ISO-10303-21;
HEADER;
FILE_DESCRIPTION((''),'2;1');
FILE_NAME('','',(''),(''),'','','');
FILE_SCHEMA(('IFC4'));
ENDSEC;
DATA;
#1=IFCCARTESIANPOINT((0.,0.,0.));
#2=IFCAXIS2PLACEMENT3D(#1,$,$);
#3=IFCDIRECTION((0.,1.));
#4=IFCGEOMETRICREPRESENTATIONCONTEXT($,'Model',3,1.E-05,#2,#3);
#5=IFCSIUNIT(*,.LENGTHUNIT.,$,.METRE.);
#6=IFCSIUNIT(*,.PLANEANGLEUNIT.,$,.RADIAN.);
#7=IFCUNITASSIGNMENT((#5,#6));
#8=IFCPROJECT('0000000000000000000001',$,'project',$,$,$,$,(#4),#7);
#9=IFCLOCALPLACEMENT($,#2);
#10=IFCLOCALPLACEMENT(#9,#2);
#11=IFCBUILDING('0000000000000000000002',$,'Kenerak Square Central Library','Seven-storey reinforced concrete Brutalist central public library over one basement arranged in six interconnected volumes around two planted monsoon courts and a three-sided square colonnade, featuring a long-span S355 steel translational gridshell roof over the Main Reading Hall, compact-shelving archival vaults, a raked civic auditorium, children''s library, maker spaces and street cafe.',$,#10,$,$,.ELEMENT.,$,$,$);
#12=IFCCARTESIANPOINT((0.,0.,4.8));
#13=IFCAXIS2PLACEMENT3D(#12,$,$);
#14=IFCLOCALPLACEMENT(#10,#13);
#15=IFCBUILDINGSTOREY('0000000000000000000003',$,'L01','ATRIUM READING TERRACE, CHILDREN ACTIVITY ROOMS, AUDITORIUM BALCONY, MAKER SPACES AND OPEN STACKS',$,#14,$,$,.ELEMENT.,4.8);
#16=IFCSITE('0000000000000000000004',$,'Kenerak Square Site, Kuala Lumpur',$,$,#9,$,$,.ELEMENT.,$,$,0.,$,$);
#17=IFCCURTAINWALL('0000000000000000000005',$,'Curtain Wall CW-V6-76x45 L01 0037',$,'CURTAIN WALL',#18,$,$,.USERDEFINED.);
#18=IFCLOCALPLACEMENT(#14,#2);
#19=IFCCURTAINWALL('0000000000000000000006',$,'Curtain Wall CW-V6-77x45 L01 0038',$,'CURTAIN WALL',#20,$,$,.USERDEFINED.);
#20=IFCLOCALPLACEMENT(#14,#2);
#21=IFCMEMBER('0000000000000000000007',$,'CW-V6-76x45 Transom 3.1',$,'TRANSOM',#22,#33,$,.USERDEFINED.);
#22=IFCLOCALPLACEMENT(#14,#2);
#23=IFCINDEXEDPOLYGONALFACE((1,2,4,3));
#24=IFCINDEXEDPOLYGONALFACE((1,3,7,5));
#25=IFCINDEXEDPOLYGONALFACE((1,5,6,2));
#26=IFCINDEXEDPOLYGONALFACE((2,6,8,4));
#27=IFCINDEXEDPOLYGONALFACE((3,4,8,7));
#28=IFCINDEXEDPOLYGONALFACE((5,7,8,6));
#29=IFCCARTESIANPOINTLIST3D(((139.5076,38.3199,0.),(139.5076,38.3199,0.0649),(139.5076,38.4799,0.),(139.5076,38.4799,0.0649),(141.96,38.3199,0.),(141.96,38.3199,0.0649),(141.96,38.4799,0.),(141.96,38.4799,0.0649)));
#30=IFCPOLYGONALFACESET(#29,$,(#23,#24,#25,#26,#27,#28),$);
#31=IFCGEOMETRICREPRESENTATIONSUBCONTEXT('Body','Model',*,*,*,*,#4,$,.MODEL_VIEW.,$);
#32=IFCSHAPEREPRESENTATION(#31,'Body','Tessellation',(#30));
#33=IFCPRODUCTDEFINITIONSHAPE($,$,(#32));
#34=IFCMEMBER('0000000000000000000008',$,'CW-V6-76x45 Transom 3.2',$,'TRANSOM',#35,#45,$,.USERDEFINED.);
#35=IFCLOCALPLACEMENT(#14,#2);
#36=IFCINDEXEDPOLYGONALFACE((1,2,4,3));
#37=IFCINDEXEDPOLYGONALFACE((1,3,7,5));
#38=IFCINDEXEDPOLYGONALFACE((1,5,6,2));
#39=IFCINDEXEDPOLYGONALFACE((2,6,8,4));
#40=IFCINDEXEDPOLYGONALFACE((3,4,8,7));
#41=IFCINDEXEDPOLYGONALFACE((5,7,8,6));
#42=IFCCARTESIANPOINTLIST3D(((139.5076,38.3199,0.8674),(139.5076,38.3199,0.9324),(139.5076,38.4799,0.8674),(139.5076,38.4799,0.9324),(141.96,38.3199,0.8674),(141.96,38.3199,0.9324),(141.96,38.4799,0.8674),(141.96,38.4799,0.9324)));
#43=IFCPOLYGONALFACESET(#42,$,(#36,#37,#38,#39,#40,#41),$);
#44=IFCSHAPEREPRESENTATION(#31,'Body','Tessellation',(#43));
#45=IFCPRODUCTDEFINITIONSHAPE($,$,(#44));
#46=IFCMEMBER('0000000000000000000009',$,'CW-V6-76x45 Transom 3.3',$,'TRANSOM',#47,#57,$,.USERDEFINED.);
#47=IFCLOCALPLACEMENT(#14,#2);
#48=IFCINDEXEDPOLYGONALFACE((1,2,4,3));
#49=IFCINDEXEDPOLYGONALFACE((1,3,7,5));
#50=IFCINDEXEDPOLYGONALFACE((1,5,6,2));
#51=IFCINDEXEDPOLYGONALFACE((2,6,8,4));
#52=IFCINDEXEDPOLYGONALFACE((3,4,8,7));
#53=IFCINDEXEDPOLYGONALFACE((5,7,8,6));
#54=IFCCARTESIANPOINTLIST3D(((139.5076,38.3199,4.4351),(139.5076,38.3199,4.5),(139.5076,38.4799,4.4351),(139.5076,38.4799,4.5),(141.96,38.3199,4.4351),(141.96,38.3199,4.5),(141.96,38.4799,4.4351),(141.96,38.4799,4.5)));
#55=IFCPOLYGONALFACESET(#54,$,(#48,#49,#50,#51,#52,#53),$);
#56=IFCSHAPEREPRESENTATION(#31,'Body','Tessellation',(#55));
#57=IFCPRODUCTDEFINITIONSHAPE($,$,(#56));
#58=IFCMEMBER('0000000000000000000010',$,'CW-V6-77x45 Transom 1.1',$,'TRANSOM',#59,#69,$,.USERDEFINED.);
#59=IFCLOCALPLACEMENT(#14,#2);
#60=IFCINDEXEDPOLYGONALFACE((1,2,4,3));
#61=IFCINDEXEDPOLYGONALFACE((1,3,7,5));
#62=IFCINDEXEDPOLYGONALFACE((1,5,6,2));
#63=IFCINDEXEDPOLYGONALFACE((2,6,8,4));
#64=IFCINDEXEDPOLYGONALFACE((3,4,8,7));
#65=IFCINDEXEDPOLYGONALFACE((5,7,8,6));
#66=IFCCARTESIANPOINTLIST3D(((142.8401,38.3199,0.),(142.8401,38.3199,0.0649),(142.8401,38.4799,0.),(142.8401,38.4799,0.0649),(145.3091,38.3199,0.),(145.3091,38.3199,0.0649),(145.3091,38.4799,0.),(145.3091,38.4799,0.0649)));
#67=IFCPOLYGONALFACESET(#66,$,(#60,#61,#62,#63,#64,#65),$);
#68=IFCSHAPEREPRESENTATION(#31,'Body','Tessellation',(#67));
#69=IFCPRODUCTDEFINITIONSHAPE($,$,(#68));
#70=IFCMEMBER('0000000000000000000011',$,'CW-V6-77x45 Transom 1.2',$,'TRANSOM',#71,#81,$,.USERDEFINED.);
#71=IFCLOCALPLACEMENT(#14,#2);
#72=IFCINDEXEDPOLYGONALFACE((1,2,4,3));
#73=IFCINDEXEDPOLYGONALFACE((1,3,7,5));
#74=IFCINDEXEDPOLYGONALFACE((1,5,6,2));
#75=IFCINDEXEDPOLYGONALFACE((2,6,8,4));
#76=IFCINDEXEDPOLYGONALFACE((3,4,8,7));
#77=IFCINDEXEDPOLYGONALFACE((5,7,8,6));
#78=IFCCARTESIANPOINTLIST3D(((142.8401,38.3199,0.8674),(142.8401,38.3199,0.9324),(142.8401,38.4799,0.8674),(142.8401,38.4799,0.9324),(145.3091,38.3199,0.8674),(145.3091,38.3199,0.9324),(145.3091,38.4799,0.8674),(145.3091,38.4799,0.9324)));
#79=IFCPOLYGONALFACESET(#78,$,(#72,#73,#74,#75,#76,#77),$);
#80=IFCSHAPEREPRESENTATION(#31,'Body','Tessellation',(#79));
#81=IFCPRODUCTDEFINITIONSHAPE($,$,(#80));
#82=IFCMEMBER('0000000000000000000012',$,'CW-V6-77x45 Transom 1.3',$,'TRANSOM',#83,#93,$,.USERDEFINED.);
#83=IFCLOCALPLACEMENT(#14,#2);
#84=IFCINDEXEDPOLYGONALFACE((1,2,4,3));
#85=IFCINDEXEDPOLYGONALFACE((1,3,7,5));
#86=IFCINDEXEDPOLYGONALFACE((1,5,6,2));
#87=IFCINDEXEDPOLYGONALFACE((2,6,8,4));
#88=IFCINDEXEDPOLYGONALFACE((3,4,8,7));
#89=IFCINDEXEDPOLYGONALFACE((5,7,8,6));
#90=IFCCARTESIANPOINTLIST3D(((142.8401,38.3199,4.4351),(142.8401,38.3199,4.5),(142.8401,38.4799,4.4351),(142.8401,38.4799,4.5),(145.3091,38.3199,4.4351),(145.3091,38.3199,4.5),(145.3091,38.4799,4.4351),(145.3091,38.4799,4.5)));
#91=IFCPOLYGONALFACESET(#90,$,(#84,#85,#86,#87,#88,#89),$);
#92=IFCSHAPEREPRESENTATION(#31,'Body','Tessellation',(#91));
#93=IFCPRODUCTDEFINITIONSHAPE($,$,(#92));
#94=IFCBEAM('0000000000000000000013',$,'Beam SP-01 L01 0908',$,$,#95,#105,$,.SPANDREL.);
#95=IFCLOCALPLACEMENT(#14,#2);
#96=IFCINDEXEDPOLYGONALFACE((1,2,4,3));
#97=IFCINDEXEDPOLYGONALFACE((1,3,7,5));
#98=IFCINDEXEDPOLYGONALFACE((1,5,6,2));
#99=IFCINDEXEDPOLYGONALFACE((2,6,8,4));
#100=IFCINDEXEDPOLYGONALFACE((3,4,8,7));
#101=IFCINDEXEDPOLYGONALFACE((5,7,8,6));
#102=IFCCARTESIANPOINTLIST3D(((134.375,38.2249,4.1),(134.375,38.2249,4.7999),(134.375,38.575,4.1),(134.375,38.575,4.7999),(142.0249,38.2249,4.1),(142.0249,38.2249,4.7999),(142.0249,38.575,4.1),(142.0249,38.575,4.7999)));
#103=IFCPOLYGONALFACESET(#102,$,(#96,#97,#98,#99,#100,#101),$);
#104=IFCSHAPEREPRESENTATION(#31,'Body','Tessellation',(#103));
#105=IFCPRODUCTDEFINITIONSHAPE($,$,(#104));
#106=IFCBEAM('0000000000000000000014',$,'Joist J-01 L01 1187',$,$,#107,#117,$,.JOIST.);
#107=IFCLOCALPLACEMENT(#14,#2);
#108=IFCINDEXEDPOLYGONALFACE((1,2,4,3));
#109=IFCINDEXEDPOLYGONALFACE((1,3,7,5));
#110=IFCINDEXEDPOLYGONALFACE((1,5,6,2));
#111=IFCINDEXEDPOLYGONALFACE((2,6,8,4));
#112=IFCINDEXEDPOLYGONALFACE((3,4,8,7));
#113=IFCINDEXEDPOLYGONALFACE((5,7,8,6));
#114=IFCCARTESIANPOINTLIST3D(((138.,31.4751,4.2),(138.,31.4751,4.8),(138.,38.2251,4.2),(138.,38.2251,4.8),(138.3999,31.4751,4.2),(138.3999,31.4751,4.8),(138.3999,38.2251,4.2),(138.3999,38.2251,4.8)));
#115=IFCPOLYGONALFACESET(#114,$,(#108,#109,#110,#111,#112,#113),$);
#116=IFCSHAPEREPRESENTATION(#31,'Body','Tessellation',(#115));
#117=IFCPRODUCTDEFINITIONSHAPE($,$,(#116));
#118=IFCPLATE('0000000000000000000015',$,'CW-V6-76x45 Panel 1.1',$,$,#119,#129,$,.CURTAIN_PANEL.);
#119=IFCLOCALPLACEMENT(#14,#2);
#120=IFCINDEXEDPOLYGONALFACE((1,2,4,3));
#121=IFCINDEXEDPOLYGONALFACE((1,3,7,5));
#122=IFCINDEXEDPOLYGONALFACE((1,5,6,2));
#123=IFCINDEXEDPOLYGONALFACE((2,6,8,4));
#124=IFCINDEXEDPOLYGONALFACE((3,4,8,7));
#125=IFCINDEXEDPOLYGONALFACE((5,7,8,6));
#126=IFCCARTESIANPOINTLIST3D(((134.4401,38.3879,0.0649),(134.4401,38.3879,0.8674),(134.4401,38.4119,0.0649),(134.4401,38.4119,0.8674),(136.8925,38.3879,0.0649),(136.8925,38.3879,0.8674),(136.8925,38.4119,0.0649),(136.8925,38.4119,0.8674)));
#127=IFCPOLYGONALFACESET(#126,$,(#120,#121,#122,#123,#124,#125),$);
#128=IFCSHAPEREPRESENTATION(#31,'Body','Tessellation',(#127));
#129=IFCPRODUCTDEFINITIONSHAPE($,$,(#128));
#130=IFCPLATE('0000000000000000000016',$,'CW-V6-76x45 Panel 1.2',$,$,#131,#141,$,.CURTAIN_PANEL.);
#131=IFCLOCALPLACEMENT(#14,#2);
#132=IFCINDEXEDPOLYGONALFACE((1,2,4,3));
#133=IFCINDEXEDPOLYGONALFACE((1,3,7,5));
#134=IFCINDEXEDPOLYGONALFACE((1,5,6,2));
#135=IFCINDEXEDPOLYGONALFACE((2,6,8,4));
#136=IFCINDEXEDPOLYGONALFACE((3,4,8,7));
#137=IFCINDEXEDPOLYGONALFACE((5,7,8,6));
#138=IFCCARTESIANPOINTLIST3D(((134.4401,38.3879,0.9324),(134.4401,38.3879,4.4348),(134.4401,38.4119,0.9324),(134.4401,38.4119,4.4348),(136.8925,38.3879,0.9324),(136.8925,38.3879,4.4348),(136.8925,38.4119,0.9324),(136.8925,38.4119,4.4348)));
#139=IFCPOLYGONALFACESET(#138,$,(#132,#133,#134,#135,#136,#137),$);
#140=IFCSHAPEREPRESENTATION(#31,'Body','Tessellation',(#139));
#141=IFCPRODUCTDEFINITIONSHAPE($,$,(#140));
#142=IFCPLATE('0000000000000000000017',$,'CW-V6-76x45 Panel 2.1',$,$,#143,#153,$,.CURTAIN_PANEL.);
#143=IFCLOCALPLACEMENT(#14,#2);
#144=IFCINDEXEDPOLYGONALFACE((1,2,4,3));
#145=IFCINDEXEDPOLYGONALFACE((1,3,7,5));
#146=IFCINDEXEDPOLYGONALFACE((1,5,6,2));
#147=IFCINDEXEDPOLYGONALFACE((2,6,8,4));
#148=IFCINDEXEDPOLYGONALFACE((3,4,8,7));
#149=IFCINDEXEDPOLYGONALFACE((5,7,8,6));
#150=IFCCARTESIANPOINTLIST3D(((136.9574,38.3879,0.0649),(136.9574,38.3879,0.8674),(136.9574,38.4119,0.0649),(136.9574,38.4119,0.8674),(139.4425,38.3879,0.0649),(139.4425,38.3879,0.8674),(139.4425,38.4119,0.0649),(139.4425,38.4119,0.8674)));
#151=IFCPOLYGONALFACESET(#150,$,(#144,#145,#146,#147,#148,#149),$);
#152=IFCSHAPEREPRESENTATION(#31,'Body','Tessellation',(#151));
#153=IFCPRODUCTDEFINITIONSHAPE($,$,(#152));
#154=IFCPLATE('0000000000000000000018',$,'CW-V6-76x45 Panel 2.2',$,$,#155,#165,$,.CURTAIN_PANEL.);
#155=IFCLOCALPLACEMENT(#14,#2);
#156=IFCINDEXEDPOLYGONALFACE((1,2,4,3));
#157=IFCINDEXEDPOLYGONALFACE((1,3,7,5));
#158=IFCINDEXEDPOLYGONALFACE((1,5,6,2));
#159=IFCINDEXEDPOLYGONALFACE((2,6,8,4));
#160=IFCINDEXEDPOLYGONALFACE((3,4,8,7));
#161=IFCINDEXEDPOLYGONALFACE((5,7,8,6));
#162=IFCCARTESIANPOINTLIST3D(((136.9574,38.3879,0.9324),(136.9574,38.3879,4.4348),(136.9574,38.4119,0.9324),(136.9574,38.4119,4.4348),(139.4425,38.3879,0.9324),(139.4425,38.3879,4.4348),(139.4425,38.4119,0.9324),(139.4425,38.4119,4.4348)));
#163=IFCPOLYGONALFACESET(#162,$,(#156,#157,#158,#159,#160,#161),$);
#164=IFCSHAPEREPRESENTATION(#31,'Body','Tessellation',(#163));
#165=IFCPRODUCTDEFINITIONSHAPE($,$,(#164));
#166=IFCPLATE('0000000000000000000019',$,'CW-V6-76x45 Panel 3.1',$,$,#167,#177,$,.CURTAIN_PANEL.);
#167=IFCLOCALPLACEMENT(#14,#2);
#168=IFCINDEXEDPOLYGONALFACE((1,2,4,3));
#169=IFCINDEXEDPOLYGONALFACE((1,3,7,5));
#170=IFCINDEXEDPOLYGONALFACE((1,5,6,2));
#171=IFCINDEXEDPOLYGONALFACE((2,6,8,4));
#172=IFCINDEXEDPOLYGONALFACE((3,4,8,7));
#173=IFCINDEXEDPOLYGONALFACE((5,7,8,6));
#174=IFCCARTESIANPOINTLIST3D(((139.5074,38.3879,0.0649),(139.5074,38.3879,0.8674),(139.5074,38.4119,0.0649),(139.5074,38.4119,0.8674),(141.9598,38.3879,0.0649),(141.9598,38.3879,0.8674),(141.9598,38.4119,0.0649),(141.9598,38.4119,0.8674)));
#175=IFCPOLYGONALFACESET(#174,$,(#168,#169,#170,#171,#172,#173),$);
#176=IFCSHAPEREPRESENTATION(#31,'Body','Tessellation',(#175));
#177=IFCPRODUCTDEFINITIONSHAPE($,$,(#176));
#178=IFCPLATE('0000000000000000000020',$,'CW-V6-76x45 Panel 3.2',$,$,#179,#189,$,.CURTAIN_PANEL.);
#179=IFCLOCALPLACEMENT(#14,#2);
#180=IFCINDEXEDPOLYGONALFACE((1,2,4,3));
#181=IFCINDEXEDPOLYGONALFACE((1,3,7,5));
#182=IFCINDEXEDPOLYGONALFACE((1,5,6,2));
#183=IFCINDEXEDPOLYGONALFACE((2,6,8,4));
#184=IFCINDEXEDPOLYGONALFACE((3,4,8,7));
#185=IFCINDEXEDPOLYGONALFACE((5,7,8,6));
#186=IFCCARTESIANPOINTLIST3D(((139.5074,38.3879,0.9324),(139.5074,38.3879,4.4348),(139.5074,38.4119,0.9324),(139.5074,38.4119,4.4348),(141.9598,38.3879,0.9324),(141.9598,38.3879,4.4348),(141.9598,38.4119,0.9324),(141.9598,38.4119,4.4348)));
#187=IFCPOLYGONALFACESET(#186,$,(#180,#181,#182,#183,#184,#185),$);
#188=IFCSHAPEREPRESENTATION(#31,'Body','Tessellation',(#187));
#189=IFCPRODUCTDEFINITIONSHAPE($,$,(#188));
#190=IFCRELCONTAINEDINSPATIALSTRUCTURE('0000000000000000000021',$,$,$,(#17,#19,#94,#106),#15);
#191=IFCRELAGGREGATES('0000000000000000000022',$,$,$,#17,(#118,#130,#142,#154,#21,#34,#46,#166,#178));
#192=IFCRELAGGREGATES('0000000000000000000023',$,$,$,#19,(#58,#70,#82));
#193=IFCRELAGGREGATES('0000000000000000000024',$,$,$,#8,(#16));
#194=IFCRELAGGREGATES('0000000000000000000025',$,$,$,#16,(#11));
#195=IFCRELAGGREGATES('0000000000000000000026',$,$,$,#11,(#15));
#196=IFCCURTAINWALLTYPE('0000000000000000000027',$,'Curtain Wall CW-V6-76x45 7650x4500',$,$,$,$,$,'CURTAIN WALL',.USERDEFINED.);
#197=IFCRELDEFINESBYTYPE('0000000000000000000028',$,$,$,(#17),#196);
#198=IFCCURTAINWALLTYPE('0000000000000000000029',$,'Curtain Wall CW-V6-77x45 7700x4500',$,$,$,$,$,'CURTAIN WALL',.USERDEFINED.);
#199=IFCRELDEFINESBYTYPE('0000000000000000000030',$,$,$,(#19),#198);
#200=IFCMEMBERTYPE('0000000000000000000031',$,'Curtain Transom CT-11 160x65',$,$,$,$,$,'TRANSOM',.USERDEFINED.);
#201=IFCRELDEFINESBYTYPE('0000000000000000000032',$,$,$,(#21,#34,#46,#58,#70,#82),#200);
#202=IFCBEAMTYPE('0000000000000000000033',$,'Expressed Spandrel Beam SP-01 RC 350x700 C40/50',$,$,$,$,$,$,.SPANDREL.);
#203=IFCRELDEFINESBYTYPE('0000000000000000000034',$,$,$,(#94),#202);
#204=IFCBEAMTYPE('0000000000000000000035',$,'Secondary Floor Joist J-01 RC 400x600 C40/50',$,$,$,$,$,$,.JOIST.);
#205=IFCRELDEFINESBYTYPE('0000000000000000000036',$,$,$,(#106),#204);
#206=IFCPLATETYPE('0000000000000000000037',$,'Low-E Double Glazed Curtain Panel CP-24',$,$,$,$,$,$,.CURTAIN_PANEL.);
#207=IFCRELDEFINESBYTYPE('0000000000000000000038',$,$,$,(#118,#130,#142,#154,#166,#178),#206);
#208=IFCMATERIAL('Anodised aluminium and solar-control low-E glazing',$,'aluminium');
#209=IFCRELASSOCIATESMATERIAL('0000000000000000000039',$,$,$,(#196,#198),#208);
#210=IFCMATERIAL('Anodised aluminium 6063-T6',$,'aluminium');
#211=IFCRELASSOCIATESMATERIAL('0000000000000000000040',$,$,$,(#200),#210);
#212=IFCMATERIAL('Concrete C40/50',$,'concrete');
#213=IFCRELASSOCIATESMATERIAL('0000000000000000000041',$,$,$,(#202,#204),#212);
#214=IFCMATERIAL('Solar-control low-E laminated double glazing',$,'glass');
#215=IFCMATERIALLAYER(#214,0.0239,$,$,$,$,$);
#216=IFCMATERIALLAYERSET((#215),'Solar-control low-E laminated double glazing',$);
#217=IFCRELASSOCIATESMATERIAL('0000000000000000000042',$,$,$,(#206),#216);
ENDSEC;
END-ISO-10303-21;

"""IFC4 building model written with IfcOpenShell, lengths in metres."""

from ifc_helpers import new_model, si_unit, direction, frame, origin, origin_2d, place, context, subcontext, project, spatial, rectangle, extrude, material, layer, layer_set, material_profile, profile_set, type_object, element, aggregate, save


model = new_model("IFC4")

# Units and contexts
model_context = context("Model", 3, precision=1e-05, world=origin(), true_north=direction((0.0, 1.0)))
body_context = subcontext(model_context, "Body", "Model", "MODEL_VIEW")
ifc_project = project(units=[si_unit("LENGTHUNIT", "METRE"), si_unit("PLANEANGLEUNIT", "RADIAN")], contexts=[model_context])

# Site, building, storey
site_placement = place(None, origin())
site = spatial("IfcSite", under=ifc_project, at=site_placement, Name="Kenerak Square Site, Kuala Lumpur", CompositionType="ELEMENT", RefElevation=0.0)
building_placement = place(site_placement, origin())
building = spatial("IfcBuilding", under=site, at=building_placement, Name="Kenerak Square Central Library", Description="Seven-storey reinforced concrete Brutalist central public library over one basement arranged in six interconnected volumes around two planted monsoon courts and a three-sided square colonnade, featuring a long-span S355 steel translational gridshell roof over the Main Reading Hall, compact-shelving archival vaults, a raked civic auditorium, children's library, maker spaces and street cafe.", CompositionType="ELEMENT")
storey_placement = place(building_placement, frame((0.0, 0.0, 4.8)))
storey = spatial("IfcBuildingStorey", under=building, at=storey_placement, Name="L01", Description="ATRIUM READING TERRACE, CHILDREN ACTIVITY ROOMS, AUDITORIUM BALCONY, MAKER SPACES AND OPEN STACKS", CompositionType="ELEMENT", Elevation=4.8)

# Shared definitions
ifc_material_1 = material(Name="Concrete C40/50", Category="concrete")

# Curtain wall
ifc_material_2 = material(Name="Anodised aluminium and solar-control low-E glazing", Category="aluminium")
curtain_wall_type_1 = type_object("IfcCurtainWallType", Name="Curtain Wall CW-V6-76x45 7650x4500", ElementType="CURTAIN WALL", PredefinedType="USERDEFINED", material=ifc_material_2)
curtain_wall_1_placement = place(storey_placement, origin())
curtain_wall_1 = element("IfcCurtainWall", 1, at=curtain_wall_1_placement, inside=storey, type_object=curtain_wall_type_1, Name="Curtain Wall CW-V6-76x45 L01 0037", ObjectType="CURTAIN WALL", PredefinedType="USERDEFINED")
ifc_material_3 = material(Name="Anodised aluminium 6063-T6", Category="aluminium")

# Curtain wall
curtain_wall_type_2 = type_object("IfcCurtainWallType", Name="Curtain Wall CW-V6-77x45 7700x4500", ElementType="CURTAIN WALL", PredefinedType="USERDEFINED", material=ifc_material_2)
curtain_wall_2_placement = place(storey_placement, origin())
curtain_wall_2 = element("IfcCurtainWall", 2, at=curtain_wall_2_placement, inside=storey, type_object=curtain_wall_type_2, Name="Curtain Wall CW-V6-77x45 L01 0038", ObjectType="CURTAIN WALL", PredefinedType="USERDEFINED")

# Members
ifc_material_profile_1 = material_profile(ifc_material_3, rectangle(XDim=0.1599, YDim=0.0649, at=origin_2d()), Name="AL TRANSOM 160x65")
ifc_profile_set_1 = profile_set([ifc_material_profile_1], Name="Anodised aluminium 6063-T6")
member_type_1 = type_object("IfcMemberType", Name="Curtain Transom CT-11 160x65", ElementType="TRANSOM", PredefinedType="USERDEFINED", material=ifc_profile_set_1)
member_1_placement = place(storey_placement, frame((139.5076, 38.3999, 0.0325), z_axis=(1.0, 0.0, 0.0), x_axis=(0.0, 1.0, 0.0)))
member_1 = element("IfcMember", 3, at=member_1_placement, type_object=member_type_1, Name="CW-V6-76x45 Transom 3.1", ObjectType="TRANSOM", PredefinedType="USERDEFINED", context=body_context, shape_type="SweptSolid", body=[
    extrude(rectangle(XDim=0.1599, YDim=0.0649, at=origin_2d()), origin(), (0.0, 0.0, 1.0), 2.4524),
])
member_2_placement = place(storey_placement, frame((139.5076, 38.3999, 0.8999), z_axis=(1.0, 0.0, 0.0), x_axis=(0.0, 1.0, 0.0)))
member_2 = element("IfcMember", 4, at=member_2_placement, type_object=member_type_1, Name="CW-V6-76x45 Transom 3.2", ObjectType="TRANSOM", PredefinedType="USERDEFINED", context=body_context, shape_type="SweptSolid", body=[
    extrude(rectangle(XDim=0.1599, YDim=0.0649, at=origin_2d()), origin(), (0.0, 0.0, 1.0), 2.4524),
])
member_3_placement = place(storey_placement, frame((139.5076, 38.3999, 4.4675), z_axis=(1.0, 0.0, 0.0), x_axis=(0.0, 1.0, 0.0)))
member_3 = element("IfcMember", 5, at=member_3_placement, type_object=member_type_1, Name="CW-V6-76x45 Transom 3.3", ObjectType="TRANSOM", PredefinedType="USERDEFINED", context=body_context, shape_type="SweptSolid", body=[
    extrude(rectangle(XDim=0.1599, YDim=0.0649, at=origin_2d()), origin(), (0.0, 0.0, 1.0), 2.4524),
])
member_4_placement = place(storey_placement, frame((142.8401, 38.3999, 0.0325), z_axis=(1.0, 0.0, 0.0), x_axis=(0.0, 1.0, 0.0)))
member_4 = element("IfcMember", 6, at=member_4_placement, type_object=member_type_1, Name="CW-V6-77x45 Transom 1.1", ObjectType="TRANSOM", PredefinedType="USERDEFINED", context=body_context, shape_type="SweptSolid", body=[
    extrude(rectangle(XDim=0.1599, YDim=0.0649, at=origin_2d()), origin(), (0.0, 0.0, 1.0), 2.469),
])
member_5_placement = place(storey_placement, frame((142.8401, 38.3999, 0.8999), z_axis=(1.0, 0.0, 0.0), x_axis=(0.0, 1.0, 0.0)))
member_5 = element("IfcMember", 7, at=member_5_placement, type_object=member_type_1, Name="CW-V6-77x45 Transom 1.2", ObjectType="TRANSOM", PredefinedType="USERDEFINED", context=body_context, shape_type="SweptSolid", body=[
    extrude(rectangle(XDim=0.1599, YDim=0.0649, at=origin_2d()), origin(), (0.0, 0.0, 1.0), 2.469),
])
member_6_placement = place(storey_placement, frame((142.8401, 38.3999, 4.4675), z_axis=(1.0, 0.0, 0.0), x_axis=(0.0, 1.0, 0.0)))
member_6 = element("IfcMember", 8, at=member_6_placement, type_object=member_type_1, Name="CW-V6-77x45 Transom 1.3", ObjectType="TRANSOM", PredefinedType="USERDEFINED", context=body_context, shape_type="SweptSolid", body=[
    extrude(rectangle(XDim=0.1599, YDim=0.0649, at=origin_2d()), origin(), (0.0, 0.0, 1.0), 2.469),
])

# Beams
ifc_material_profile_2 = material_profile(ifc_material_1, rectangle(XDim=0.3501, YDim=0.7, at=origin_2d()), Name="RC 350x700")
ifc_profile_set_2 = profile_set([ifc_material_profile_2], Name="Concrete C40/50")
beam_type_1 = type_object("IfcBeamType", Name="Expressed Spandrel Beam SP-01 RC 350x700 C40/50", PredefinedType="SPANDREL", material=ifc_profile_set_2)
beam_1_placement = place(storey_placement, frame((134.375, 38.3999, 4.45), z_axis=(1.0, 0.0, 0.0), x_axis=(0.0, 1.0, 0.0)))
element("IfcBeam", 9, at=beam_1_placement, inside=storey, type_object=beam_type_1, Name="Beam SP-01 L01 0908", PredefinedType="SPANDREL", context=body_context, shape_type="SweptSolid", body=[
    extrude(rectangle(XDim=0.3501, YDim=0.7, at=origin_2d()), origin(), (0.0, 0.0, 1.0), 7.6499),
])
ifc_material_profile_3 = material_profile(ifc_material_1, rectangle(XDim=0.3999, YDim=0.6001, at=origin_2d()), Name="RC 400x600")
ifc_profile_set_3 = profile_set([ifc_material_profile_3], Name="Concrete C40/50")
beam_type_2 = type_object("IfcBeamType", Name="Secondary Floor Joist J-01 RC 400x600 C40/50", PredefinedType="JOIST", material=ifc_profile_set_3)
beam_2_placement = place(storey_placement, frame((138.2, 31.4751, 4.5), z_axis=(0.0, 1.0, 0.0), x_axis=(-1.0, 0.0, 0.0)))
element("IfcBeam", 10, at=beam_2_placement, inside=storey, type_object=beam_type_2, Name="Joist J-01 L01 1187", PredefinedType="JOIST", context=body_context, shape_type="SweptSolid", body=[
    extrude(rectangle(XDim=0.3999, YDim=0.6001, at=origin_2d()), origin(), (0.0, 0.0, 1.0), 6.75),
])

# Plates
ifc_material_4 = material(Name="Solar-control low-E laminated double glazing", Category="glass")
ifc_layer_1 = layer(ifc_material_4, 0.0239)
ifc_layer_set_1 = layer_set([ifc_layer_1], Name="Solar-control low-E laminated double glazing")
plate_type = type_object("IfcPlateType", Name="Low-E Double Glazed Curtain Panel CP-24", PredefinedType="CURTAIN_PANEL", material=ifc_layer_set_1)
plate_1_placement = place(storey_placement, frame((135.6663, 38.3999, 0.0649), z_axis=(0.0, 0.0, 1.0), x_axis=(1.0, 0.0, 0.0)))
plate_1 = element("IfcPlate", 11, at=plate_1_placement, type_object=plate_type, Name="CW-V6-76x45 Panel 1.1", PredefinedType="CURTAIN_PANEL", context=body_context, shape_type="SweptSolid", body=[
    extrude(rectangle(XDim=2.4524, YDim=0.0239, at=origin_2d()), origin(), (0.0, 0.0, 1.0), 0.8025),
])
plate_2_placement = place(storey_placement, frame((135.6663, 38.3999, 0.9324), z_axis=(0.0, 0.0, 1.0), x_axis=(1.0, 0.0, 0.0)))
plate_2 = element("IfcPlate", 12, at=plate_2_placement, type_object=plate_type, Name="CW-V6-76x45 Panel 1.2", PredefinedType="CURTAIN_PANEL", context=body_context, shape_type="SweptSolid", body=[
    extrude(rectangle(XDim=2.4524, YDim=0.0239, at=origin_2d()), origin(), (0.0, 0.0, 1.0), 3.5024),
])
plate_3_placement = place(storey_placement, frame((138.2, 38.3999, 0.0649), z_axis=(0.0, 0.0, 1.0), x_axis=(1.0, 0.0, 0.0)))
plate_3 = element("IfcPlate", 13, at=plate_3_placement, type_object=plate_type, Name="CW-V6-76x45 Panel 2.1", PredefinedType="CURTAIN_PANEL", context=body_context, shape_type="SweptSolid", body=[
    extrude(rectangle(XDim=2.4851, YDim=0.0239, at=origin_2d()), origin(), (0.0, 0.0, 1.0), 0.8025),
])
plate_4_placement = place(storey_placement, frame((138.2, 38.3999, 0.9324), z_axis=(0.0, 0.0, 1.0), x_axis=(1.0, 0.0, 0.0)))
plate_4 = element("IfcPlate", 14, at=plate_4_placement, type_object=plate_type, Name="CW-V6-76x45 Panel 2.2", PredefinedType="CURTAIN_PANEL", context=body_context, shape_type="SweptSolid", body=[
    extrude(rectangle(XDim=2.4851, YDim=0.0239, at=origin_2d()), origin(), (0.0, 0.0, 1.0), 3.5024),
])
plate_5_placement = place(storey_placement, frame((140.7336, 38.3999, 0.0649), z_axis=(0.0, 0.0, 1.0), x_axis=(1.0, 0.0, 0.0)))
plate_5 = element("IfcPlate", 15, at=plate_5_placement, type_object=plate_type, Name="CW-V6-76x45 Panel 3.1", PredefinedType="CURTAIN_PANEL", context=body_context, shape_type="SweptSolid", body=[
    extrude(rectangle(XDim=2.4524, YDim=0.0239, at=origin_2d()), origin(), (0.0, 0.0, 1.0), 0.8025),
])
plate_6_placement = place(storey_placement, frame((140.7336, 38.3999, 0.9324), z_axis=(0.0, 0.0, 1.0), x_axis=(1.0, 0.0, 0.0)))
plate_6 = element("IfcPlate", 16, at=plate_6_placement, type_object=plate_type, Name="CW-V6-76x45 Panel 3.2", PredefinedType="CURTAIN_PANEL", context=body_context, shape_type="SweptSolid", body=[
    extrude(rectangle(XDim=2.4524, YDim=0.0239, at=origin_2d()), origin(), (0.0, 0.0, 1.0), 3.5024),
])
aggregate(curtain_wall_1, [plate_1, plate_2, plate_3, plate_4, member_1, member_2, member_3, plate_5, plate_6])
aggregate(curtain_wall_2, [member_4, member_5, member_6])

save(model, "model.ifc")
